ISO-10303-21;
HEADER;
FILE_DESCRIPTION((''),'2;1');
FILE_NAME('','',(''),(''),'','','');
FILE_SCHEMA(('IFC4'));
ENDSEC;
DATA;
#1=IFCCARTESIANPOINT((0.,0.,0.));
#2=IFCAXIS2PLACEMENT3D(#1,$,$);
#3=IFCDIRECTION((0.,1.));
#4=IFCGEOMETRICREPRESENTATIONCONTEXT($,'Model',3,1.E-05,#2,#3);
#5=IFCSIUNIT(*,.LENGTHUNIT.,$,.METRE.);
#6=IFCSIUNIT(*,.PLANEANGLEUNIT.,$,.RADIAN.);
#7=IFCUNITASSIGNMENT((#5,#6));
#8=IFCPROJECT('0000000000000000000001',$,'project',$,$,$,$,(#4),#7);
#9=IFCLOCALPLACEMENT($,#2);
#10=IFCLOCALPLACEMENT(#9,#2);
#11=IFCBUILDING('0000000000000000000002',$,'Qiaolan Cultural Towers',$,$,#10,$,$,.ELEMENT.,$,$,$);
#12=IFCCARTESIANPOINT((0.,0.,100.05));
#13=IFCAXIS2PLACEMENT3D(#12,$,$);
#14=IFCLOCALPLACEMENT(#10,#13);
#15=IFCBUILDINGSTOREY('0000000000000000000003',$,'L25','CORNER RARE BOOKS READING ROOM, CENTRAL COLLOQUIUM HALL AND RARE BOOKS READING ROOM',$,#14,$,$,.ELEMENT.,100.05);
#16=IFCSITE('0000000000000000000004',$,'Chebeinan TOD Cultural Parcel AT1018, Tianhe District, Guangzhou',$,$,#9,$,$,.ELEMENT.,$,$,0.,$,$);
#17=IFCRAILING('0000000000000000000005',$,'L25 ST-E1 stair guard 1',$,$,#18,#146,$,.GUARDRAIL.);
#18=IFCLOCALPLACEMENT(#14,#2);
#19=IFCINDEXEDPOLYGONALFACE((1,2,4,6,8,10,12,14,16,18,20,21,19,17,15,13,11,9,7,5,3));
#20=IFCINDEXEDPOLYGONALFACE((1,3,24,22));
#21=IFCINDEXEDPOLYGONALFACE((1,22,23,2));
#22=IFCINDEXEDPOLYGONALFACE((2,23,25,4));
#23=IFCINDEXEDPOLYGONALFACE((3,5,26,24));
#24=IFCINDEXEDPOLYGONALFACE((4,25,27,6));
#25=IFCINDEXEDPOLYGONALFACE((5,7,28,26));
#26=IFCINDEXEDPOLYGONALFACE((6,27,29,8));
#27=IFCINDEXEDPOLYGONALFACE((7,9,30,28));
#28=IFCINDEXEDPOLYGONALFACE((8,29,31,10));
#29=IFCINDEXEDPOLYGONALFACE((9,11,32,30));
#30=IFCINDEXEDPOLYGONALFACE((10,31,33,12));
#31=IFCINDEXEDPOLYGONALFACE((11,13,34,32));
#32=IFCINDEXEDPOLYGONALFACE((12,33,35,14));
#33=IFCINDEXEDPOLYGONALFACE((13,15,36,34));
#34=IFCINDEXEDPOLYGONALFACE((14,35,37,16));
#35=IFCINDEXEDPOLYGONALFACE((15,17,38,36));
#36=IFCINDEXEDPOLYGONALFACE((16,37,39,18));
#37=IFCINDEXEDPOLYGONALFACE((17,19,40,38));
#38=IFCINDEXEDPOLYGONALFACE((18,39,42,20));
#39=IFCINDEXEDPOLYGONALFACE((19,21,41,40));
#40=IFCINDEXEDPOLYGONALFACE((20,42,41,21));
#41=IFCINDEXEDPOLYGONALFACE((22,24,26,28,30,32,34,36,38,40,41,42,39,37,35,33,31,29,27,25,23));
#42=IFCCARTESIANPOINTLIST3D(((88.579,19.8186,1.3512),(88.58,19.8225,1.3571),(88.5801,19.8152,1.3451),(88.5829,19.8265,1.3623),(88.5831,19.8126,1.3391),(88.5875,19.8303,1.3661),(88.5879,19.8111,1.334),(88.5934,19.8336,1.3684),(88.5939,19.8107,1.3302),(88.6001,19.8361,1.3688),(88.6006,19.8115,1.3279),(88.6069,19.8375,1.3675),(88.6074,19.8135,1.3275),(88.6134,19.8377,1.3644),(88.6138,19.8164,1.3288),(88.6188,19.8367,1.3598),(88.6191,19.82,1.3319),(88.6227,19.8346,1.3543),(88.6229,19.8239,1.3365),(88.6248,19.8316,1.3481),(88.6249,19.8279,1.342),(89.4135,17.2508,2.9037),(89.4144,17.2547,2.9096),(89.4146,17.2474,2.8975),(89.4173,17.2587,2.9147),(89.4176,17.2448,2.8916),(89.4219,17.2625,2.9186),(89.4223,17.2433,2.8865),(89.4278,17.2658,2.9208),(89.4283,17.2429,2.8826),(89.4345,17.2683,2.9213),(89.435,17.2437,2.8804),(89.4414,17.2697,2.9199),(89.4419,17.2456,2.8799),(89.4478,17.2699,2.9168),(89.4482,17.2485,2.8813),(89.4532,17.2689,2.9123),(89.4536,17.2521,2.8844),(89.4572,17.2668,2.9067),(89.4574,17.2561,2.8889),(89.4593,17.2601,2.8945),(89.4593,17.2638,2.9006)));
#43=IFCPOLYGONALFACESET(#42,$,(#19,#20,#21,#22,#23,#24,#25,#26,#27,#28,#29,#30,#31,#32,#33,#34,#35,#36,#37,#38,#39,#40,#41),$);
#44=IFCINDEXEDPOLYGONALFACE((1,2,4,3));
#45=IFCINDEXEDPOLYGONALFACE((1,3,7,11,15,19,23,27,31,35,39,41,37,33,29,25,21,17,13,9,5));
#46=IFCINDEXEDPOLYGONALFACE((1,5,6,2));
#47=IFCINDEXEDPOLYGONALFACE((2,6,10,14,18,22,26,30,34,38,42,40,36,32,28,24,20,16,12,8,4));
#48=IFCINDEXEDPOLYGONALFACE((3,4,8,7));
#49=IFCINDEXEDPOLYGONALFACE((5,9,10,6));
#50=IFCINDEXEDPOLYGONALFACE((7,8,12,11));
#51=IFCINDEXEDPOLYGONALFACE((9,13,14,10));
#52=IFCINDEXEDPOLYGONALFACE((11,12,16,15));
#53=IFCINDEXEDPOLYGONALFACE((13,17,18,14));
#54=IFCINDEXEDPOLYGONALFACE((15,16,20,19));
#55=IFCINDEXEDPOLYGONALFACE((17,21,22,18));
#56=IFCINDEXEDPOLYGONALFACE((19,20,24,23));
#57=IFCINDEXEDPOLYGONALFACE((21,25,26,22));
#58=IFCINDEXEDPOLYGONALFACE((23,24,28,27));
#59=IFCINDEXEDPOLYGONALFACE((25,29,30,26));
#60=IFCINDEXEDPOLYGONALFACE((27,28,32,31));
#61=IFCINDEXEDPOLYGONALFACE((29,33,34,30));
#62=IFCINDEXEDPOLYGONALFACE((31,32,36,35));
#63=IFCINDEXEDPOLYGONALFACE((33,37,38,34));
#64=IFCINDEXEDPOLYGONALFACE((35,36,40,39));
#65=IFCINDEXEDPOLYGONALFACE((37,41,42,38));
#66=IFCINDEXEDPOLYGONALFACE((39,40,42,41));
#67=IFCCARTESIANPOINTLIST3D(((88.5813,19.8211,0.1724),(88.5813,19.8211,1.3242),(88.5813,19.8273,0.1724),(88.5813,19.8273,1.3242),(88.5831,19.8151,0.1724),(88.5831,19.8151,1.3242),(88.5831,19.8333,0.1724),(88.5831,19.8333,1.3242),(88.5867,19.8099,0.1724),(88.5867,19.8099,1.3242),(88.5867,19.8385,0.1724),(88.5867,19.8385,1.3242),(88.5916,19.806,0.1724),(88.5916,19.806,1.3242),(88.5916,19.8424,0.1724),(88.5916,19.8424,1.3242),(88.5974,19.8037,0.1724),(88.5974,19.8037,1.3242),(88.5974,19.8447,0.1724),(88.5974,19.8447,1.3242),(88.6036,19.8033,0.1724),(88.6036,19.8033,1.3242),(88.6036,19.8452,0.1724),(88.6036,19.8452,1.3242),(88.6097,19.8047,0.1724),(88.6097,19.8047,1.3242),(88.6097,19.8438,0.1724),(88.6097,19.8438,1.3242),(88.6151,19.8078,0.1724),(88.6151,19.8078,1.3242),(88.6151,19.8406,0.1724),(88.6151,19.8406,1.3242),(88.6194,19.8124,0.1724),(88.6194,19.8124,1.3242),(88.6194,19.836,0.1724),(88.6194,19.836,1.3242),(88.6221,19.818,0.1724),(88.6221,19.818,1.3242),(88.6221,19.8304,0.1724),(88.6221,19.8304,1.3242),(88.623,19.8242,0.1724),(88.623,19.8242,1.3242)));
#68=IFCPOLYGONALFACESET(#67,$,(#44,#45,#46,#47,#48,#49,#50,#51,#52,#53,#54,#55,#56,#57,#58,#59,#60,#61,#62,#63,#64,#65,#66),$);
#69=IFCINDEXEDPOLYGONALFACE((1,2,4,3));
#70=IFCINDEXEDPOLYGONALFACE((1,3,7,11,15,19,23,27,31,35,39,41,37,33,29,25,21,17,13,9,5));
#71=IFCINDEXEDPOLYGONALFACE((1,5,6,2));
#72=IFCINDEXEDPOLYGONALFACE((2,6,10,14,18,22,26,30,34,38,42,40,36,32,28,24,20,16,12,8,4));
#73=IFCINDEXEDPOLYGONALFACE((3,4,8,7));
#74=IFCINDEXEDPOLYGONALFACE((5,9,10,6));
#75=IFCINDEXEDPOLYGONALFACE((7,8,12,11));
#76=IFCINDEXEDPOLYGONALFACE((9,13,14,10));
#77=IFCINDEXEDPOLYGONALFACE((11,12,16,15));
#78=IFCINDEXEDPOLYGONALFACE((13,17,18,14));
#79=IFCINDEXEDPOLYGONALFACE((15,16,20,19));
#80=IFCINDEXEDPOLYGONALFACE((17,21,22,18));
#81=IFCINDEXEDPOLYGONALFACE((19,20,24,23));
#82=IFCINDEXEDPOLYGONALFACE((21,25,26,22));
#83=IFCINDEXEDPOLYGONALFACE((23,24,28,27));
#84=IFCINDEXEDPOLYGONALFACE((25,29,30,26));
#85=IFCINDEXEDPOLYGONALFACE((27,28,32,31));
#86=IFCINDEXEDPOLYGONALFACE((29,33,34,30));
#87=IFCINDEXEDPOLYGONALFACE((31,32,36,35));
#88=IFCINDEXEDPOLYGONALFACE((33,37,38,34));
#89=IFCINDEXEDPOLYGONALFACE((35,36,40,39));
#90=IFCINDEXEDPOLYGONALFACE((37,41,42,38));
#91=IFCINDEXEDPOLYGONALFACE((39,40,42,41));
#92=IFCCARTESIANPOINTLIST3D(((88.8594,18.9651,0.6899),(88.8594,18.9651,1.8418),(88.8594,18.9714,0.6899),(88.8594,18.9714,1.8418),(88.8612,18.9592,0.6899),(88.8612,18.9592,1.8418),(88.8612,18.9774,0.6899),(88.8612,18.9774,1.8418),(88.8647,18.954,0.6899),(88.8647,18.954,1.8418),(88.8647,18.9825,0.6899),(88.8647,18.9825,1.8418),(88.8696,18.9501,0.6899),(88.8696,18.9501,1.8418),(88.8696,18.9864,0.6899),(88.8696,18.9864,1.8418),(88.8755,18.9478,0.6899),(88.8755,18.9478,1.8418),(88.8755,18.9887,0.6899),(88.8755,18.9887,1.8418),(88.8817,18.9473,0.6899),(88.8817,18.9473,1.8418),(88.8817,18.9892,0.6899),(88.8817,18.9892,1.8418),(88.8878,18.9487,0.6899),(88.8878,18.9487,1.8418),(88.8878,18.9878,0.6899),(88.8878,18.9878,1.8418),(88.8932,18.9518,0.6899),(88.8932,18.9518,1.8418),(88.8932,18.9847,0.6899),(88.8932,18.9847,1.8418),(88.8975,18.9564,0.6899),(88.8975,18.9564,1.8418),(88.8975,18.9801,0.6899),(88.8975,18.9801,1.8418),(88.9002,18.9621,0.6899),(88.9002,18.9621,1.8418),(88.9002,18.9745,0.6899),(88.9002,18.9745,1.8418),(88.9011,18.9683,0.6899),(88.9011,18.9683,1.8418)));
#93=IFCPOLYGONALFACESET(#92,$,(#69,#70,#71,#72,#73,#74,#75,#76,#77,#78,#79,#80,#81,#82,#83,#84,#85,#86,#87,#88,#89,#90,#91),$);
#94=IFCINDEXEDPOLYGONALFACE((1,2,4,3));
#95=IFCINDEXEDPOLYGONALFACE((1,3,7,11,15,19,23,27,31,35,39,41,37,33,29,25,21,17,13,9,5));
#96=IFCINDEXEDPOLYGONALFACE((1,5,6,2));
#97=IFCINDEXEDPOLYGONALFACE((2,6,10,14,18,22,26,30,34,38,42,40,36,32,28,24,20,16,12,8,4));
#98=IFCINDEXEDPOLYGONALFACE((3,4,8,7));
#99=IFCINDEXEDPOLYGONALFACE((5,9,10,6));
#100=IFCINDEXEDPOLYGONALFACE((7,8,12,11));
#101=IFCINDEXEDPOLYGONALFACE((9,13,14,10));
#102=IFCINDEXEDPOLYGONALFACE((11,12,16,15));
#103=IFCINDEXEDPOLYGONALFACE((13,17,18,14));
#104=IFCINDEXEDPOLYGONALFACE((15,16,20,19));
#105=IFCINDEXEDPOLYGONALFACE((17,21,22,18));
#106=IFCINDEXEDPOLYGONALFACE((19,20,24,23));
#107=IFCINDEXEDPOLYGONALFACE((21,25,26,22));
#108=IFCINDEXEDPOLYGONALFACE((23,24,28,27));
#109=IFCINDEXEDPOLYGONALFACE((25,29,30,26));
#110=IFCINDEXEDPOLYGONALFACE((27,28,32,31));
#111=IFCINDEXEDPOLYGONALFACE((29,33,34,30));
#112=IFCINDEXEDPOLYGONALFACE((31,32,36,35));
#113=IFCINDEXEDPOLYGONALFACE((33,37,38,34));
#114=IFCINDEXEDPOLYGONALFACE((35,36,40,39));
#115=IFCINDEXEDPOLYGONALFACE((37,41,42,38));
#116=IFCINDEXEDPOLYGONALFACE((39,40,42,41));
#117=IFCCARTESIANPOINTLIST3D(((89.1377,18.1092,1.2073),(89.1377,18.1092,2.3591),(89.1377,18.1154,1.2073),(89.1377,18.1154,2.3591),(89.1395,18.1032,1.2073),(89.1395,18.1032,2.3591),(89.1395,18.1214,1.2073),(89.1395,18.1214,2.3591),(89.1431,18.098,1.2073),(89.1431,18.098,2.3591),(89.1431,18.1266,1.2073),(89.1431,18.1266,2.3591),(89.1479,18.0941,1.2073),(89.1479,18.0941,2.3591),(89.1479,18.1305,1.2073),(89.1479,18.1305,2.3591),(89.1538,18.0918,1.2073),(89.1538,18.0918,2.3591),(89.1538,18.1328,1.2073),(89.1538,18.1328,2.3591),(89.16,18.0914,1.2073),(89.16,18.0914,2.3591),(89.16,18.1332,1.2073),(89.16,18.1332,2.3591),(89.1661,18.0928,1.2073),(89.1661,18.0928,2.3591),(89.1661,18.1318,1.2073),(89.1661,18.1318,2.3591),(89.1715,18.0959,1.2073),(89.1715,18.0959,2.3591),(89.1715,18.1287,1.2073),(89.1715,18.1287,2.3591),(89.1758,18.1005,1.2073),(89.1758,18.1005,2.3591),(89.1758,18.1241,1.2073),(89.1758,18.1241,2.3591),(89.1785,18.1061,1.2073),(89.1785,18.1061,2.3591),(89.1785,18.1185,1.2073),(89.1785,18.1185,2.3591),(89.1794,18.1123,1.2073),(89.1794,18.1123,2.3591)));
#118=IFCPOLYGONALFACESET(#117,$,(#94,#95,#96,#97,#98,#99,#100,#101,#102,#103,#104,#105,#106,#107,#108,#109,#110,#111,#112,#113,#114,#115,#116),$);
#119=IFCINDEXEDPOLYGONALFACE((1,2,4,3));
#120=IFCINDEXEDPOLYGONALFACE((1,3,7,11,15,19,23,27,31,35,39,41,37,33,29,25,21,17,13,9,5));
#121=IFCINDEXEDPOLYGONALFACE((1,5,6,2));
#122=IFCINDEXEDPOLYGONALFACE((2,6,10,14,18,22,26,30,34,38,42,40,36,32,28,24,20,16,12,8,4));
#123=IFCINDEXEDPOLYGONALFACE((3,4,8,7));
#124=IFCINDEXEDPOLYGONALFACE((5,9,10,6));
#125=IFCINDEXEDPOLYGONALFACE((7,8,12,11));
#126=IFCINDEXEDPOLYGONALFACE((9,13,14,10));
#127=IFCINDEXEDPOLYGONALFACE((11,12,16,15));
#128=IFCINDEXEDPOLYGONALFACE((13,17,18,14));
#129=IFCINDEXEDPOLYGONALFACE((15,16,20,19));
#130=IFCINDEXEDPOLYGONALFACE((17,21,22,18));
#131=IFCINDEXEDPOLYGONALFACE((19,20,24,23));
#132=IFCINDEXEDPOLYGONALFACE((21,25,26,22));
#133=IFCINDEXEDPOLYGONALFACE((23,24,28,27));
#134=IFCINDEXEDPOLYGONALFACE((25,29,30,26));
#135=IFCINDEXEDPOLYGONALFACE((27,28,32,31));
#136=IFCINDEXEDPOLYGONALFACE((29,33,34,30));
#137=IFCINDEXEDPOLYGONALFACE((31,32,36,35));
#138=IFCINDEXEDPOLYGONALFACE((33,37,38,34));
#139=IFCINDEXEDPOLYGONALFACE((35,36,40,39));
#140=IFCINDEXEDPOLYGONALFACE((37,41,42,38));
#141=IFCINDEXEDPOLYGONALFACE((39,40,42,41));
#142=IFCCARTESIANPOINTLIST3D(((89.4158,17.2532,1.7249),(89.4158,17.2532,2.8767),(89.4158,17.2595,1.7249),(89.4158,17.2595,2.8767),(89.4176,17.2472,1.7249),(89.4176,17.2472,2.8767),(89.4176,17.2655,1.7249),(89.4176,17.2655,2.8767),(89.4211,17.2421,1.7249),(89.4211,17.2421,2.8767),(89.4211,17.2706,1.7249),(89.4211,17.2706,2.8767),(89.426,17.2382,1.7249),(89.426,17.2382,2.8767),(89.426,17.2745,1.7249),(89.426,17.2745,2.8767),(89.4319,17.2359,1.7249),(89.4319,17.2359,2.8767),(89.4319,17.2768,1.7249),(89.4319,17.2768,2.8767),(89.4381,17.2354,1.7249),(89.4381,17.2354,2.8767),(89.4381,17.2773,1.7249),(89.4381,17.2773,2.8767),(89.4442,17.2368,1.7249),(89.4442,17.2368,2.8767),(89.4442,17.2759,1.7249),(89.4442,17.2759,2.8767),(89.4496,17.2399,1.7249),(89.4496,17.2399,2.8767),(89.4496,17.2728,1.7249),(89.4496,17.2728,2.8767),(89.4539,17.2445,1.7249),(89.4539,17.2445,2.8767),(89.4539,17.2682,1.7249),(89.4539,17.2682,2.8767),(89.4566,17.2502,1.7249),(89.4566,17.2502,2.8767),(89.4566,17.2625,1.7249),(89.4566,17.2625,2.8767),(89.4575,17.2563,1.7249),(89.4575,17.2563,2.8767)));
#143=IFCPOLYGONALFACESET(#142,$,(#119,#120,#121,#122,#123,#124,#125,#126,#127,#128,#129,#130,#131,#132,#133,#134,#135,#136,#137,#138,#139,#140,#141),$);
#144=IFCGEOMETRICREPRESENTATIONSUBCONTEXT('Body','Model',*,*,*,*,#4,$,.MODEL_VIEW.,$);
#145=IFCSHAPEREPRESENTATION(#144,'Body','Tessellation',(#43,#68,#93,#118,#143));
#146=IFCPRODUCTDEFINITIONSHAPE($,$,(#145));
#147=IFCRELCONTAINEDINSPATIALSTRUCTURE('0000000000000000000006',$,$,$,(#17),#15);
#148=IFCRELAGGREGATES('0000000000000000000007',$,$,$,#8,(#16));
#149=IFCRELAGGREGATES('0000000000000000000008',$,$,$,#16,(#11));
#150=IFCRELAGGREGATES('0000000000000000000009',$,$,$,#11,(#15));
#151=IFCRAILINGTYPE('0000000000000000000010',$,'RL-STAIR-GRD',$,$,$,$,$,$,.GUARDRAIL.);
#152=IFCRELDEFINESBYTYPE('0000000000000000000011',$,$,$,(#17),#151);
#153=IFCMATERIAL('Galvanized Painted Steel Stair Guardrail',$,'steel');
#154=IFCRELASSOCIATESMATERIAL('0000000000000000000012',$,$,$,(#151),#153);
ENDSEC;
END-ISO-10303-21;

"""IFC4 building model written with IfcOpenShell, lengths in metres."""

from ifc_helpers import new_model, si_unit, direction, frame, origin, origin_2d, place, context, subcontext, project, spatial, circle, extrude, material, type_object, element, save


model = new_model("IFC4")

# Units and contexts
model_context = context("Model", 3, precision=1e-05, world=origin(), true_north=direction((0.0, 1.0)))
body_context = subcontext(model_context, "Body", "Model", "MODEL_VIEW")
ifc_project = project(units=[si_unit("LENGTHUNIT", "METRE"), si_unit("PLANEANGLEUNIT", "RADIAN")], contexts=[model_context])

# Site, building, storey
site_placement = place(None, origin())
site = spatial("IfcSite", under=ifc_project, at=site_placement, Name="Chebeinan TOD Cultural Parcel AT1018, Tianhe District, Guangzhou", CompositionType="ELEMENT", RefElevation=0.0)
building_placement = place(site_placement, origin())
building = spatial("IfcBuilding", under=site, at=building_placement, Name="Qiaolan Cultural Towers", CompositionType="ELEMENT")
storey_placement = place(building_placement, frame((0.0, 0.0, 100.05)))
storey = spatial("IfcBuildingStorey", under=building, at=storey_placement, Name="L25", Description="CORNER RARE BOOKS READING ROOM, CENTRAL COLLOQUIUM HALL AND RARE BOOKS READING ROOM", CompositionType="ELEMENT", Elevation=100.05)

# Railing
ifc_material_1 = material(Name="Galvanized Painted Steel Stair Guardrail", Category="steel")
railing_type_1 = type_object("IfcRailingType", Name="RL-STAIR-GRD", PredefinedType="GUARDRAIL", material=ifc_material_1)
railing_1_placement = place(storey_placement, frame((88.6021, 19.8242, 0.1724)))
element("IfcRailing", 1, at=railing_1_placement, inside=storey, type_object=railing_type_1, Name="L25 ST-E1 stair guard 1", PredefinedType="GUARDRAIL", context=body_context, shape_type="SweptSolid", body=[
    extrude(circle(Radius=0.0239, at=origin_2d()), frame((0.0, 0.0, 1.1758), z_axis=(0.267926, -0.824471, 0.498461), x_axis=(0.951043, 0.309057, 0.0)), (0.0, 0.0, 1.0), 3.1145),
    extrude(circle(Radius=0.021, at=origin_2d()), origin(), (0.0, 0.0, 1.0), 1.1519),
    extrude(circle(Radius=0.021, at=origin_2d()), frame((0.2781, -0.856, 0.5176)), (0.0, 0.0, 1.0), 1.1519),
    extrude(circle(Radius=0.021, at=origin_2d()), frame((0.5564, -1.7119, 1.0349)), (0.0, 0.0, 1.0), 1.1519),
    extrude(circle(Radius=0.021, at=origin_2d()), frame((0.8345, -2.5679, 1.5525)), (0.0, 0.0, 1.0), 1.1519),
])

save(model, "model.ifc")
